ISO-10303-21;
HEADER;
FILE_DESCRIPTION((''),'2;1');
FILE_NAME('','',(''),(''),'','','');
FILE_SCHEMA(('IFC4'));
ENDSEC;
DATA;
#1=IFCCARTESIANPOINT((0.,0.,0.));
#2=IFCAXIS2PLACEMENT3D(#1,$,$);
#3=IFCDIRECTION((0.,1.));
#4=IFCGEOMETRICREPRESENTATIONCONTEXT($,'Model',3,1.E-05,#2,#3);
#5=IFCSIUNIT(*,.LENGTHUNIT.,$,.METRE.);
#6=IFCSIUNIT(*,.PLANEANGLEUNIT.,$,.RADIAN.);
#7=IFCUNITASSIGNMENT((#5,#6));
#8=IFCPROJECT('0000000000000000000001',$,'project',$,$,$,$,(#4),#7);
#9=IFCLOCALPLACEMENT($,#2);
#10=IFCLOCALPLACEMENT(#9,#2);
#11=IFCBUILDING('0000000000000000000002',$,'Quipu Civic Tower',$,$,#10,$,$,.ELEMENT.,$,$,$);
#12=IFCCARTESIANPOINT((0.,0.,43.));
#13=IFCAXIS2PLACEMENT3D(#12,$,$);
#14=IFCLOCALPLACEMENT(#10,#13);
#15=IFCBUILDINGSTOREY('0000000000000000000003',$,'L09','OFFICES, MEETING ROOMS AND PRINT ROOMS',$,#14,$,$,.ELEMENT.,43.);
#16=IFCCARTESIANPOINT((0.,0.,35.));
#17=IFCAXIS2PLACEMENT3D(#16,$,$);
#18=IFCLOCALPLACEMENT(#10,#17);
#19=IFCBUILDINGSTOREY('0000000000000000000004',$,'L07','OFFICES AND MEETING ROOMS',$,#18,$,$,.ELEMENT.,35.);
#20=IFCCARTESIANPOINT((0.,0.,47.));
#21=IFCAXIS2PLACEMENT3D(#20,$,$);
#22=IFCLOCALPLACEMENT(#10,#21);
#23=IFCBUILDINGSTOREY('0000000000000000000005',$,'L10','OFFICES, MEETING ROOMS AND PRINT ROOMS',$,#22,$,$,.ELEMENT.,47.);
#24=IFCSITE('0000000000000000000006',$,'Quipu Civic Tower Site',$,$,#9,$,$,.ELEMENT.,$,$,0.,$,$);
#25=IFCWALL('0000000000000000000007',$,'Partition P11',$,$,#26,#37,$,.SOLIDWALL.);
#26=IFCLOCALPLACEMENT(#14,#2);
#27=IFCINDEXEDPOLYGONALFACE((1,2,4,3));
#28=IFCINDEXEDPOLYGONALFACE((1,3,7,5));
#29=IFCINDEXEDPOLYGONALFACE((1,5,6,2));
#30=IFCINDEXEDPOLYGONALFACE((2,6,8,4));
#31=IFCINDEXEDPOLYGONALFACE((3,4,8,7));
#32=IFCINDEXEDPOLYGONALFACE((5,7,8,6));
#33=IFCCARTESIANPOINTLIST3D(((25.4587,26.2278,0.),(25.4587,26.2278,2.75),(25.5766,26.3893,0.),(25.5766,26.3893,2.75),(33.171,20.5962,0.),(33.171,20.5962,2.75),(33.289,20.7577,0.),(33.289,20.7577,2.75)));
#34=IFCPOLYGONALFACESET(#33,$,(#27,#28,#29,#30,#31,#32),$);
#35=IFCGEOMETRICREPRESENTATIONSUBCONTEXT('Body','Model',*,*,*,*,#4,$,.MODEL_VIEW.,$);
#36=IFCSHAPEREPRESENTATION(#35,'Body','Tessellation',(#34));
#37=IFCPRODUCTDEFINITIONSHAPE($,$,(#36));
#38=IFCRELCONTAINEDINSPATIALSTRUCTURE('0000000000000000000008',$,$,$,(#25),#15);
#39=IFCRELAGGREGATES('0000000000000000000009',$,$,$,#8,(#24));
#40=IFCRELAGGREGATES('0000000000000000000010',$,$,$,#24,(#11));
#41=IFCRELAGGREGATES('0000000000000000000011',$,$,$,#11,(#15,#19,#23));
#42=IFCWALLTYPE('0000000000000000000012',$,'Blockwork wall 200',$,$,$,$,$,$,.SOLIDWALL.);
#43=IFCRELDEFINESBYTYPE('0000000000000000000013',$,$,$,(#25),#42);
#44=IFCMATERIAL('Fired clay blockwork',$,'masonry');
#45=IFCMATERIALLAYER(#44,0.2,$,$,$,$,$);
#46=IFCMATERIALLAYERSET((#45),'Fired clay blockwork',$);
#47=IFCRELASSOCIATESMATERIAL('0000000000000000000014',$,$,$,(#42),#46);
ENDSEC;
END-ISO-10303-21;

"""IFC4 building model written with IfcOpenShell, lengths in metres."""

from ifc_helpers import new_model, si_unit, direction, frame, frame_2d, origin, place, context, subcontext, project, spatial, rectangle, extrude, material, layer, layer_set, type_object, element, save


model = new_model("IFC4")

# Units and contexts
model_context = context("Model", 3, precision=1e-05, world=origin(), true_north=direction((0.0, 1.0)))
body_context = subcontext(model_context, "Body", "Model", "MODEL_VIEW")
ifc_project = project(units=[si_unit("LENGTHUNIT", "METRE"), si_unit("PLANEANGLEUNIT", "RADIAN")], contexts=[model_context])

# Site, building, storey
site_placement = place(None, origin())
site = spatial("IfcSite", under=ifc_project, at=site_placement, Name="Quipu Civic Tower Site", CompositionType="ELEMENT", RefElevation=0.0)
building_placement = place(site_placement, origin())
building = spatial("IfcBuilding", under=site, at=building_placement, Name="Quipu Civic Tower", CompositionType="ELEMENT")
storey_1_placement = place(building_placement, frame((0.0, 0.0, 43.0)))
storey_1 = spatial("IfcBuildingStorey", under=building, at=storey_1_placement, Name="L09", Description="OFFICES, MEETING ROOMS AND PRINT ROOMS", CompositionType="ELEMENT", Elevation=43.0)

# Shared definitions
storey_2_placement = place(building_placement, frame((0.0, 0.0, 35.0)))
storey_2 = spatial("IfcBuildingStorey", under=building, at=storey_2_placement, Name="L07", Description="OFFICES AND MEETING ROOMS", CompositionType="ELEMENT", Elevation=35.0)

# Shared definitions
storey_3_placement = place(building_placement, frame((0.0, 0.0, 47.0)))
storey_3 = spatial("IfcBuildingStorey", under=building, at=storey_3_placement, Name="L10", Description="OFFICES, MEETING ROOMS AND PRINT ROOMS", CompositionType="ELEMENT", Elevation=47.0)

# Wall
ifc_material_1 = material(Name="Fired clay blockwork", Category="masonry")
ifc_layer_1 = layer(ifc_material_1, 0.2)
ifc_layer_set_1 = layer_set([ifc_layer_1], Name="Fired clay blockwork")
wall_type = type_object("IfcWallType", Name="Blockwork wall 200", PredefinedType="SOLIDWALL", material=ifc_layer_set_1)
wall_1_placement = place(storey_1_placement, frame((25.5176, 26.3086, 0.0), z_axis=(0.0, 0.0, 1.0), x_axis=(0.80761, -0.589717, 0.0)))
element("IfcWall", 1, at=wall_1_placement, inside=storey_1, type_object=wall_type, Name="Partition P11", PredefinedType="SOLIDWALL", context=body_context, shape_type="SweptSolid", body=[
    extrude(rectangle(XDim=9.5496, YDim=0.2, at=frame_2d((4.7749, 0.0))), origin(), (0.0, 0.0, 1.0), 2.75),
])

save(model, "model.ifc")
